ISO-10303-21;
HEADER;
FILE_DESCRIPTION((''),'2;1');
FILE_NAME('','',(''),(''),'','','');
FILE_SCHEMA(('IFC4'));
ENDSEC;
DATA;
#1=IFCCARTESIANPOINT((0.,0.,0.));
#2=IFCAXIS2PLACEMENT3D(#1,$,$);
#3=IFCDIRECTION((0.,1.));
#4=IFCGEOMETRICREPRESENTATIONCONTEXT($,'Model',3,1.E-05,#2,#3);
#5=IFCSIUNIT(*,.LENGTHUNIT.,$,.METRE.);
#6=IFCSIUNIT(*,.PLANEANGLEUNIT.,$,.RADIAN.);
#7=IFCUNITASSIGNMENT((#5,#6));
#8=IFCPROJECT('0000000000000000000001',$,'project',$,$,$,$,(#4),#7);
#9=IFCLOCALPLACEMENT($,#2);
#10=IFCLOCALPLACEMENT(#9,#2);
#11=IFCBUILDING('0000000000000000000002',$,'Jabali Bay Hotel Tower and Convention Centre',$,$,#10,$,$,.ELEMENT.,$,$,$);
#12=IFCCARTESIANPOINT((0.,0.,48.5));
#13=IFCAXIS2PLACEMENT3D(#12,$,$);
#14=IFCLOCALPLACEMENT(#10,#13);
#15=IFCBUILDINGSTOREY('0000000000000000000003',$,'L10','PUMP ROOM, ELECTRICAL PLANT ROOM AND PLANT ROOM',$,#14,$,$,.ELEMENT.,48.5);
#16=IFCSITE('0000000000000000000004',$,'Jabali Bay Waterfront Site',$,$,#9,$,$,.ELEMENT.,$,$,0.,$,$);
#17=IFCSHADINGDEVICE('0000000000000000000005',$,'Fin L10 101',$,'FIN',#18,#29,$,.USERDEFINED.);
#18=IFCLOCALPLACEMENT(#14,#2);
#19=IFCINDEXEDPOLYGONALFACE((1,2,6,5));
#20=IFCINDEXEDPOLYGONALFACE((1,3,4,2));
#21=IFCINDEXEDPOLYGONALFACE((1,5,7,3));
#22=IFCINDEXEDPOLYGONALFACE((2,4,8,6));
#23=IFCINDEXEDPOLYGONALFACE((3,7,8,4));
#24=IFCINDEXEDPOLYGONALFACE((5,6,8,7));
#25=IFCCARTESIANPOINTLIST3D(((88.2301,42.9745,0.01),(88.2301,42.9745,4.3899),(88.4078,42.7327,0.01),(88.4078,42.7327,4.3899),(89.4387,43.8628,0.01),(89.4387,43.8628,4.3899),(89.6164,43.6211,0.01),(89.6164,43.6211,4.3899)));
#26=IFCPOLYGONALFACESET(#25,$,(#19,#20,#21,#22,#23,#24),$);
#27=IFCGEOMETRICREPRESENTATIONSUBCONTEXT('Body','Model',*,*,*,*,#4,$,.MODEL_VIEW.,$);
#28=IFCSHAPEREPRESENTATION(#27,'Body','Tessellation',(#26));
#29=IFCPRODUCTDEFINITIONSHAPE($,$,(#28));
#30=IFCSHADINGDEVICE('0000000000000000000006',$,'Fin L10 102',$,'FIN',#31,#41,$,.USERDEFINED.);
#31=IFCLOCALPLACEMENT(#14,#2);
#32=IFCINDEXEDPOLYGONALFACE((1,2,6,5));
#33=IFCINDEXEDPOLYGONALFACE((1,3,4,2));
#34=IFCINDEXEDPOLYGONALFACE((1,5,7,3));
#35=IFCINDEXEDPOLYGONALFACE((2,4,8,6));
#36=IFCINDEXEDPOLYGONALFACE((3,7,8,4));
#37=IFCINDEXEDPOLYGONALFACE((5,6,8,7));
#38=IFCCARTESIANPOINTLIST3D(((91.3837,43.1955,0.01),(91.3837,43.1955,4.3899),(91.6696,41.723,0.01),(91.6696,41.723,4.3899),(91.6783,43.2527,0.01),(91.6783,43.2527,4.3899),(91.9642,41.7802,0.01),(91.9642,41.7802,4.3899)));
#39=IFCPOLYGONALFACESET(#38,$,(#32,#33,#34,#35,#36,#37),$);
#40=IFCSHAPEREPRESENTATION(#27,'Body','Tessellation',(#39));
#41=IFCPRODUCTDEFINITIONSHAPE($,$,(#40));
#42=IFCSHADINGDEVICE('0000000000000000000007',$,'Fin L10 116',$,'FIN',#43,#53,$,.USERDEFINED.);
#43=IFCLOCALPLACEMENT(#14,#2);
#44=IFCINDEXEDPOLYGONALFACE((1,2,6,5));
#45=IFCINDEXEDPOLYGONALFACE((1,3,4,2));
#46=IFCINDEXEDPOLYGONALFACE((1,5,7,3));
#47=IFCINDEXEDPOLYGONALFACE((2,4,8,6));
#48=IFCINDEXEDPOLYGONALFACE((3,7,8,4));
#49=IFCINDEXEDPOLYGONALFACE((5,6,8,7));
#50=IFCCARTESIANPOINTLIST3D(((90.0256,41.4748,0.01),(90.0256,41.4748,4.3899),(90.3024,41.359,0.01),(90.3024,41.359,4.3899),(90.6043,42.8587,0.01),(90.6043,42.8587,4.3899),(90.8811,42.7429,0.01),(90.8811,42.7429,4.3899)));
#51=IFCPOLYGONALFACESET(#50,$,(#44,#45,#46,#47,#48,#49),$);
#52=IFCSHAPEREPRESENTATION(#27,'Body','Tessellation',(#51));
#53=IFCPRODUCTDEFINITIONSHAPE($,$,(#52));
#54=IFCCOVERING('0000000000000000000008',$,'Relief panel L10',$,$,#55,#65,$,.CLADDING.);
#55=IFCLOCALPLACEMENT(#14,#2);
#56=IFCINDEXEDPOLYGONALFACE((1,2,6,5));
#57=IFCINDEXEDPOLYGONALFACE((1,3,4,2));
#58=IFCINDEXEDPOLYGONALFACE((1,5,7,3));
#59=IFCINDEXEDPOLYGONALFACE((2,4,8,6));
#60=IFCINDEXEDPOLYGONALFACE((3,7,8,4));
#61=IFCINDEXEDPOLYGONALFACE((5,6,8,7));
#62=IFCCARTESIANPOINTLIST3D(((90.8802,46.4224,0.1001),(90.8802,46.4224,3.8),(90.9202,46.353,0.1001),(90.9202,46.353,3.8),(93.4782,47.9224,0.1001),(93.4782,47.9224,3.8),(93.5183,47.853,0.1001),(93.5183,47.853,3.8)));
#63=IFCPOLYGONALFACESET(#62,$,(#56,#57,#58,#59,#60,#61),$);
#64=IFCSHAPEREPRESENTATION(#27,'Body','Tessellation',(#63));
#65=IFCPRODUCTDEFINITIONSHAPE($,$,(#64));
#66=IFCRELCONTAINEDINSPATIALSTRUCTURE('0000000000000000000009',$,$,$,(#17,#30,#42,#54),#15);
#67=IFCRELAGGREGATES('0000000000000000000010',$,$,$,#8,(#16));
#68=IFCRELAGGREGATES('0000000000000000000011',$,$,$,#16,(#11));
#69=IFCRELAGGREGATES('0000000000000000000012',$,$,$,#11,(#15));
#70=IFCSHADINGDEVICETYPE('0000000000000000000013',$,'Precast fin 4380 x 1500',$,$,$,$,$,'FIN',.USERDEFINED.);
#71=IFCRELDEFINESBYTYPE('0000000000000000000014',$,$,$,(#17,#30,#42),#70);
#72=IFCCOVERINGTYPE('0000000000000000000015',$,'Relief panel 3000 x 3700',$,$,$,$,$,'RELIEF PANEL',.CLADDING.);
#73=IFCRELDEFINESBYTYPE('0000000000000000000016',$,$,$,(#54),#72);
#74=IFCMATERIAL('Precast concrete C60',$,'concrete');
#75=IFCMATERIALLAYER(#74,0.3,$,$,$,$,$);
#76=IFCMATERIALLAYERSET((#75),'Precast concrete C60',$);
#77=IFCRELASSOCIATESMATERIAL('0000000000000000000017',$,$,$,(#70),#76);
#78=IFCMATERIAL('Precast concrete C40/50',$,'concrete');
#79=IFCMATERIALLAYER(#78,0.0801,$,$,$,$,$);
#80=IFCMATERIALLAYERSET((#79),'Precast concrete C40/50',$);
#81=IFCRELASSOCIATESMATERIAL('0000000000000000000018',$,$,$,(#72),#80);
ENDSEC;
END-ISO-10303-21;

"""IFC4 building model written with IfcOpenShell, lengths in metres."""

from ifc_helpers import new_model, si_unit, direction, frame, frame_2d, origin, origin_2d, place, context, subcontext, project, spatial, rectangle, extrude, material, layer, layer_set, type_object, element, save


model = new_model("IFC4")

# Units and contexts
model_context = context("Model", 3, precision=1e-05, world=origin(), true_north=direction((0.0, 1.0)))
body_context = subcontext(model_context, "Body", "Model", "MODEL_VIEW")
ifc_project = project(units=[si_unit("LENGTHUNIT", "METRE"), si_unit("PLANEANGLEUNIT", "RADIAN")], contexts=[model_context])

# Site, building, storey
site_placement = place(None, origin())
site = spatial("IfcSite", under=ifc_project, at=site_placement, Name="Jabali Bay Waterfront Site", CompositionType="ELEMENT", RefElevation=0.0)
building_placement = place(site_placement, origin())
building = spatial("IfcBuilding", under=site, at=building_placement, Name="Jabali Bay Hotel Tower and Convention Centre", CompositionType="ELEMENT")
storey_placement = place(building_placement, frame((0.0, 0.0, 48.5)))
storey = spatial("IfcBuildingStorey", under=building, at=storey_placement, Name="L10", Description="PUMP ROOM, ELECTRICAL PLANT ROOM AND PLANT ROOM", CompositionType="ELEMENT", Elevation=48.5)

# Shading devices
ifc_material_1 = material(Name="Precast concrete C60", Category="concrete")
ifc_layer_1 = layer(ifc_material_1, 0.3)
ifc_layer_set_1 = layer_set([ifc_layer_1], Name="Precast concrete C60")
shading_device_type = type_object("IfcShadingDeviceType", Name="Precast fin 4380 x 1500", ElementType="FIN", PredefinedType="USERDEFINED", material=ifc_layer_set_1)
for number, where, z_axis, x_axis, name in (
    (1, (89.5276, 43.7419, 0.01), (0.0, 0.0, 1.0), (-0.805763, -0.592238, 0.0), "Fin L10 101"),
    (2, (91.531, 43.2241, 0.01), (0.0, 0.0, 1.0), (0.190604, -0.981667, 0.0), "Fin L10 102"),
    (3, (90.7427, 42.8008, 0.01), (0.0, 0.0, 1.0), (-0.385771, -0.922595, 0.0), "Fin L10 116"),
):
    element("IfcShadingDevice", number, at=place(storey_placement, frame(where, z_axis=z_axis, x_axis=x_axis)), inside=storey, type_object=shading_device_type, Name=name, ObjectType="FIN", PredefinedType="USERDEFINED", context=body_context, shape_type="SweptSolid", body=[
        extrude(rectangle(XDim=1.5, YDim=0.3, at=frame_2d((0.75, 0.0))), origin(), (0.0, 0.0, 1.0), 4.3799),
    ])

# Covering
ifc_material_2 = material(Name="Precast concrete C40/50", Category="concrete")
ifc_layer_2 = layer(ifc_material_2, 0.0801)
ifc_layer_set_2 = layer_set([ifc_layer_2], Name="Precast concrete C40/50")
covering_type = type_object("IfcCoveringType", Name="Relief panel 3000 x 3700", ElementType="RELIEF PANEL", PredefinedType="CLADDING", material=ifc_layer_set_2)
covering_placement = place(storey_placement, frame((92.1992, 47.1377, 0.1001), z_axis=(0.0, 0.0, 1.0), x_axis=(-0.866025, -0.5, 0.0)))
element("IfcCovering", 4, at=covering_placement, inside=storey, type_object=covering_type, Name="Relief panel L10", PredefinedType="CLADDING", context=body_context, shape_type="SweptSolid", body=[
    extrude(rectangle(XDim=3.0, YDim=0.0801, at=origin_2d()), origin(), (0.0, 0.0, 1.0), 3.7),
])

save(model, "model.ifc")
